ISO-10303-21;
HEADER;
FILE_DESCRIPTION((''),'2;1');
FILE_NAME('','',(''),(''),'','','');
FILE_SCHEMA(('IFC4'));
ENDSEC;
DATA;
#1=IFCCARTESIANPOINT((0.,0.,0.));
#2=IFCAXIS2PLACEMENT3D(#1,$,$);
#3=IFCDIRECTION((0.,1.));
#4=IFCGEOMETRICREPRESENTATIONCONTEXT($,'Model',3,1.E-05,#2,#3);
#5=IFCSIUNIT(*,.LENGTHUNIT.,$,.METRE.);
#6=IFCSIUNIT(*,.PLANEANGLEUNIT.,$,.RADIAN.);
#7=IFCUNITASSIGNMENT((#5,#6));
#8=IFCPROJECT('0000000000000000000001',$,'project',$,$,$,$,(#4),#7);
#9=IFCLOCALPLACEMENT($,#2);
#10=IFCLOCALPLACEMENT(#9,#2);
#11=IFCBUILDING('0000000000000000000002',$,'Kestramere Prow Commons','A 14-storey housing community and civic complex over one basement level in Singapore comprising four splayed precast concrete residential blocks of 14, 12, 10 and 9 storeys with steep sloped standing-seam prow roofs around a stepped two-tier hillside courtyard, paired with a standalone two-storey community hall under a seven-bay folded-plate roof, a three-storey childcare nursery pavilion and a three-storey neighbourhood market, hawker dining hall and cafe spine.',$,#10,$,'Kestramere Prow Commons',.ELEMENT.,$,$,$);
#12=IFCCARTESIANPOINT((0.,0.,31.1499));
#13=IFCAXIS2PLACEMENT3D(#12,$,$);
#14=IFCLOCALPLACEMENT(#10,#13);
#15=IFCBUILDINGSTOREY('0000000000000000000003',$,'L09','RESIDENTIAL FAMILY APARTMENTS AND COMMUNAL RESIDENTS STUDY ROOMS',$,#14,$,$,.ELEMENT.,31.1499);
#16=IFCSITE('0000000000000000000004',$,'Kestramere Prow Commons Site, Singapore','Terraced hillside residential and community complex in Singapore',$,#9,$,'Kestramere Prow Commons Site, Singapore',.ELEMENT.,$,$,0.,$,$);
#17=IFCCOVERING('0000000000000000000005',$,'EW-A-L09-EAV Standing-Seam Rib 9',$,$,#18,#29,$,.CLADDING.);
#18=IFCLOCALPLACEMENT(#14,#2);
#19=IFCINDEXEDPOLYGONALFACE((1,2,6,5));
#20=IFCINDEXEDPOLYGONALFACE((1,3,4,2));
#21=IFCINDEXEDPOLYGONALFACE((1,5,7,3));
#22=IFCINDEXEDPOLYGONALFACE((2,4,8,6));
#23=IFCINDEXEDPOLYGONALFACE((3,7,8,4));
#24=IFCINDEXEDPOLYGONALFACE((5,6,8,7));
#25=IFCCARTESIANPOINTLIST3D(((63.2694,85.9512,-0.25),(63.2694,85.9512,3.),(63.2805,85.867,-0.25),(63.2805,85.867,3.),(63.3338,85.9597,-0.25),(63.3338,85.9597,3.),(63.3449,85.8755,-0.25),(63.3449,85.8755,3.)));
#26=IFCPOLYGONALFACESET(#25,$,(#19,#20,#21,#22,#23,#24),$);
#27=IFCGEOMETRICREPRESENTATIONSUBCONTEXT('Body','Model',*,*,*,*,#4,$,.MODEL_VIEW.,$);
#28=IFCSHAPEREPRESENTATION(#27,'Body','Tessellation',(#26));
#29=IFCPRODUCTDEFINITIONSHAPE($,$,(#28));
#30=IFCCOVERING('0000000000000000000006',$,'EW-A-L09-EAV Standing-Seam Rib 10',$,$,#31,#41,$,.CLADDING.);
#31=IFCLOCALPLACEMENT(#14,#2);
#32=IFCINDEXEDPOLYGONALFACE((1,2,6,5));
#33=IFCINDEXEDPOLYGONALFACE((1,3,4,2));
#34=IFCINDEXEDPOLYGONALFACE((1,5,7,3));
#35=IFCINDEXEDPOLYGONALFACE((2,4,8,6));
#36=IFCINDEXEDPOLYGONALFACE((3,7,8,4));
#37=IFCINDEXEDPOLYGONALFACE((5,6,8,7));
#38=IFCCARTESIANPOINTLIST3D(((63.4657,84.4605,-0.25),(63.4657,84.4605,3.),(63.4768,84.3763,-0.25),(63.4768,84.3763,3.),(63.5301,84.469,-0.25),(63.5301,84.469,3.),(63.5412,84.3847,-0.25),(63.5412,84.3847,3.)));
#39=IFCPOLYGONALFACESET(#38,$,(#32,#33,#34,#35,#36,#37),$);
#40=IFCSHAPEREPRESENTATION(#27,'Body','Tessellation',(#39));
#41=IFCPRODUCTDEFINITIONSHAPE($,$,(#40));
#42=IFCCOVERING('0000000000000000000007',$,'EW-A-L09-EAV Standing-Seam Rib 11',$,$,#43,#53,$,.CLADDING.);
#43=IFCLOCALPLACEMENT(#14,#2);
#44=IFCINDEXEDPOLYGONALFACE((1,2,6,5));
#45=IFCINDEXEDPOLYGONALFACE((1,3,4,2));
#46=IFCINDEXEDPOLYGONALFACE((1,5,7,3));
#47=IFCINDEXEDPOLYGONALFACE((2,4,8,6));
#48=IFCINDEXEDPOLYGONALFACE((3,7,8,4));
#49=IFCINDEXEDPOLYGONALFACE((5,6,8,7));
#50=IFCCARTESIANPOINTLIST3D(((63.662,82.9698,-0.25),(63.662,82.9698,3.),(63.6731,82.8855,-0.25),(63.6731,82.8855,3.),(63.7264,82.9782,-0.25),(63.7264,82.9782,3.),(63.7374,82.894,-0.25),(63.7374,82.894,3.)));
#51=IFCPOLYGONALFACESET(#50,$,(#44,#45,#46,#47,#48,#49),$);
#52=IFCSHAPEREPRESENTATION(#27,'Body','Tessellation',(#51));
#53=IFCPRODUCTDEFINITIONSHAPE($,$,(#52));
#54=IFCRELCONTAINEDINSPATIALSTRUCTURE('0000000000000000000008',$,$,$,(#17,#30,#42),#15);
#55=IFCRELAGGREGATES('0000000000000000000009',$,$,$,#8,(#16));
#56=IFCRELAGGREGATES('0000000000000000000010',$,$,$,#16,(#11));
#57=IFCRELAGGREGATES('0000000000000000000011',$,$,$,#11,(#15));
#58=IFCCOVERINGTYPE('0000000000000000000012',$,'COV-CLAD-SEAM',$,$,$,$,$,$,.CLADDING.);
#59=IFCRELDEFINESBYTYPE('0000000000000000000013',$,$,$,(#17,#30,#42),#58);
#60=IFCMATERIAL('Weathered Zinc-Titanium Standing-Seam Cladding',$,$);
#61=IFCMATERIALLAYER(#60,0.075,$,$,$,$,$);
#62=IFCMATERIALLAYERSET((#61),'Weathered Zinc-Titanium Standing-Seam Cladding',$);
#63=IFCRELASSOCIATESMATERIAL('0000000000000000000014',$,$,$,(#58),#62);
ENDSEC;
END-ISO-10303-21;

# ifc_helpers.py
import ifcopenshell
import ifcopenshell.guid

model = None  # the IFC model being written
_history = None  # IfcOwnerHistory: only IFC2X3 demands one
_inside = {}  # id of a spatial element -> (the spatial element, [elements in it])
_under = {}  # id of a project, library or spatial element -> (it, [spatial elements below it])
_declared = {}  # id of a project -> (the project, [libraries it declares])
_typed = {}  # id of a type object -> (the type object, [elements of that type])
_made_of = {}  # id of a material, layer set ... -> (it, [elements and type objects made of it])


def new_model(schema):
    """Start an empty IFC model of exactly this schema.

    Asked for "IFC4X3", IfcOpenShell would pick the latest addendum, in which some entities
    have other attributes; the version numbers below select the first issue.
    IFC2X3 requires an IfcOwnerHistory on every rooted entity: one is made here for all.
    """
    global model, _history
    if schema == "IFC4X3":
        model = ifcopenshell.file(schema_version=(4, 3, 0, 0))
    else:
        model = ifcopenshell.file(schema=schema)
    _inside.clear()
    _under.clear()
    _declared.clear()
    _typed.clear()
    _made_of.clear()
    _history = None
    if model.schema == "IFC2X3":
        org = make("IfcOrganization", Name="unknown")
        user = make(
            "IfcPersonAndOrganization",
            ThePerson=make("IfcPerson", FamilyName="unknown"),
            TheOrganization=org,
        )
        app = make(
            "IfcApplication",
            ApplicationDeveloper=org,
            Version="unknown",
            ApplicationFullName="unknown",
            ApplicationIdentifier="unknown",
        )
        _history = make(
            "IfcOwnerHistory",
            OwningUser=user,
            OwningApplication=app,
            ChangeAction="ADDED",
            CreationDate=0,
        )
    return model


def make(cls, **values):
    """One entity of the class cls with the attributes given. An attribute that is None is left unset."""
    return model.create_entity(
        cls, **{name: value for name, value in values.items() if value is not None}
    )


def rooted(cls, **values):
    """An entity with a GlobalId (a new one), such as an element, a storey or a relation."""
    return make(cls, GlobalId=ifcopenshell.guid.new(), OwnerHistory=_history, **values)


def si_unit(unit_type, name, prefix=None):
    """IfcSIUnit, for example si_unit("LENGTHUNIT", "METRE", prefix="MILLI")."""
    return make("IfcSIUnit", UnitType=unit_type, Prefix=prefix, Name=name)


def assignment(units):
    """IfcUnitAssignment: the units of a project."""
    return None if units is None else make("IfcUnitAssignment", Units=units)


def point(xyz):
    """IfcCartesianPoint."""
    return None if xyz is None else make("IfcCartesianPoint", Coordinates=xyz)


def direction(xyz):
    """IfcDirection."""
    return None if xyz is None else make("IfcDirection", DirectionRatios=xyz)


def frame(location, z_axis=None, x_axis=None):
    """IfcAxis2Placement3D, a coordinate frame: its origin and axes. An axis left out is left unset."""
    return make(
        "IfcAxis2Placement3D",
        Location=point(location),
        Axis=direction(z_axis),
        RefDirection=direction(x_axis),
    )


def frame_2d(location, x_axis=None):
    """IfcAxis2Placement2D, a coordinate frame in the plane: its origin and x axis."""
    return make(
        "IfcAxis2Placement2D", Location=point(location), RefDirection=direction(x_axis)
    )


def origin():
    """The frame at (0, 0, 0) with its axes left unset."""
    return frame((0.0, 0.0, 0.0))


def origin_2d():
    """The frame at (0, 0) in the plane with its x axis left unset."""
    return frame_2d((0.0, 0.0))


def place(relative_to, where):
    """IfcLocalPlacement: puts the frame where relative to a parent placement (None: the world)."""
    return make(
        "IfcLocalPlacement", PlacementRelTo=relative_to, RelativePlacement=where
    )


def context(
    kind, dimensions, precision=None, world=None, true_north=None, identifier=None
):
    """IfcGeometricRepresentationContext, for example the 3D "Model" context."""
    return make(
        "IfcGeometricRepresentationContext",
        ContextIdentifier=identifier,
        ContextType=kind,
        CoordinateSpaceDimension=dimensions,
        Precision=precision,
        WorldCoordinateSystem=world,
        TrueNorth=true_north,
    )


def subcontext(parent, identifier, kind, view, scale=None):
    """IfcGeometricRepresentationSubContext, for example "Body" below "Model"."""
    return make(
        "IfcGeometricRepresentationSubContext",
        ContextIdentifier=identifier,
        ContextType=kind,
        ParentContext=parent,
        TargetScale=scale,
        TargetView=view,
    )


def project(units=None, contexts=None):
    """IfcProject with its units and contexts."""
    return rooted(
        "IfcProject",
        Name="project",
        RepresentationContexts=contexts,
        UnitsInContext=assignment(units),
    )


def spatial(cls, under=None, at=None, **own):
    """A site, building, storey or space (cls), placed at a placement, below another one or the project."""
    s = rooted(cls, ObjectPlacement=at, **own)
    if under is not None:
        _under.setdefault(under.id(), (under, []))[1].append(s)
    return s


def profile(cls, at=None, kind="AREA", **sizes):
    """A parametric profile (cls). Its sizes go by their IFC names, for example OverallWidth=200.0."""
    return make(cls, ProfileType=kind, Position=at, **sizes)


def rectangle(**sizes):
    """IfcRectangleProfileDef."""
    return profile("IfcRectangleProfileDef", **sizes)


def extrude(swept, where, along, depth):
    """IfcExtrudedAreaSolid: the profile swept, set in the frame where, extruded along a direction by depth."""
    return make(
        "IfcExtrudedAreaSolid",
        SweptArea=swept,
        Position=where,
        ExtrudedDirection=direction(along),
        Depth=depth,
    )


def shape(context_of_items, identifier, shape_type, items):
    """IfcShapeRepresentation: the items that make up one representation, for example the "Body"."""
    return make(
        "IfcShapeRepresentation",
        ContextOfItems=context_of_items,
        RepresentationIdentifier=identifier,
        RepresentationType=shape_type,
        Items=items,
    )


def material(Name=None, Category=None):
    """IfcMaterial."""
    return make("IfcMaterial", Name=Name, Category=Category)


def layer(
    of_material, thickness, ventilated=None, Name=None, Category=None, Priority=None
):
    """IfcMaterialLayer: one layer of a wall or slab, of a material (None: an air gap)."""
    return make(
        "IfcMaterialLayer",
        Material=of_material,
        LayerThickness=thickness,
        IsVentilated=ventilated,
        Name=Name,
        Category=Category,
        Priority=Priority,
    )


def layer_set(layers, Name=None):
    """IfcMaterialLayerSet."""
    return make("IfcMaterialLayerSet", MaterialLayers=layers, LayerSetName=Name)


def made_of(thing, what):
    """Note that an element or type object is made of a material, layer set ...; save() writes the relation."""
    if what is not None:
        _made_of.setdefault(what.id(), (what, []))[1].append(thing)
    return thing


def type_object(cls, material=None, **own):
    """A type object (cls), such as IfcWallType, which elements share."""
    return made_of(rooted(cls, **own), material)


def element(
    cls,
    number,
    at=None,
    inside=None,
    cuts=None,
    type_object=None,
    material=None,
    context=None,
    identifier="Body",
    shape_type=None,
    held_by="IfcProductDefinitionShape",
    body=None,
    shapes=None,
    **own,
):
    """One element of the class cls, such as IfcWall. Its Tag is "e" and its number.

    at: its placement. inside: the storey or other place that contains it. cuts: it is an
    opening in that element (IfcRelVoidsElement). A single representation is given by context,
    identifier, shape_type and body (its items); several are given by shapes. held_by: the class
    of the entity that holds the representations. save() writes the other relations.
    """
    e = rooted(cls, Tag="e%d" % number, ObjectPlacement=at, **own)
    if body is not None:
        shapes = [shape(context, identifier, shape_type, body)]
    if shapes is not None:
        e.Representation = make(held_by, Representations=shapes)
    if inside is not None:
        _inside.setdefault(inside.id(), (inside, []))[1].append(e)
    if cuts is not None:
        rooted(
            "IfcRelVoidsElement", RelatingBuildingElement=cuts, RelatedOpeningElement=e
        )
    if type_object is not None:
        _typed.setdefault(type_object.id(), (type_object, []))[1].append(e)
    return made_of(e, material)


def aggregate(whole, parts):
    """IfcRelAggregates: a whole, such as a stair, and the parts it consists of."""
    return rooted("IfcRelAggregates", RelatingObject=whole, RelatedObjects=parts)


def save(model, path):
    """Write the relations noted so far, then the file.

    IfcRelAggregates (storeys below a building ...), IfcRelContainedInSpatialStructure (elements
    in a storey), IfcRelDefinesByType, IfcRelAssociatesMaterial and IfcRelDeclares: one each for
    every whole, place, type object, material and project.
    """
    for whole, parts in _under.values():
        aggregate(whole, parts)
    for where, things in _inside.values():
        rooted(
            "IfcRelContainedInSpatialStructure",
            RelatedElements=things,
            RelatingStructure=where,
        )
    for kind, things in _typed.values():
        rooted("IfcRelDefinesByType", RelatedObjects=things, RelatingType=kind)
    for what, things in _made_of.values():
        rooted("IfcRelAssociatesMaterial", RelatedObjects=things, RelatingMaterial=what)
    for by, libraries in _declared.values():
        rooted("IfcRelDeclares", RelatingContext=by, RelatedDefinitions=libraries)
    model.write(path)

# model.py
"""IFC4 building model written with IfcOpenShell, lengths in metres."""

from ifc_helpers import new_model, si_unit, direction, frame, origin, origin_2d, place, context, subcontext, project, spatial, rectangle, extrude, material, layer, layer_set, type_object, element, save


model = new_model("IFC4")

# Units and contexts
model_context = context("Model", 3, precision=1e-05, world=origin(), true_north=direction((0.0, 1.0)))
body_context = subcontext(model_context, "Body", "Model", "MODEL_VIEW")
ifc_project = project(units=[si_unit("LENGTHUNIT", "METRE"), si_unit("PLANEANGLEUNIT", "RADIAN")], contexts=[model_context])

# Site, building, storey
site_placement = place(None, origin())
site = spatial("IfcSite", under=ifc_project, at=site_placement, Name="Kestramere Prow Commons Site, Singapore", Description="Terraced hillside residential and community complex in Singapore", LongName="Kestramere Prow Commons Site, Singapore", CompositionType="ELEMENT", RefElevation=0.0)
building_placement = place(site_placement, origin())
building = spatial("IfcBuilding", under=site, at=building_placement, Name="Kestramere Prow Commons", Description="A 14-storey housing community and civic complex over one basement level in Singapore comprising four splayed precast concrete residential blocks of 14, 12, 10 and 9 storeys with steep sloped standing-seam prow roofs around a stepped two-tier hillside courtyard, paired with a standalone two-storey community hall under a seven-bay folded-plate roof, a three-storey childcare nursery pavilion and a three-storey neighbourhood market, hawker dining hall and cafe spine.", LongName="Kestramere Prow Commons", CompositionType="ELEMENT")
storey_placement = place(building_placement, frame((0.0, 0.0, 31.1499)))
storey = spatial("IfcBuildingStorey", under=building, at=storey_placement, Name="L09", Description="RESIDENTIAL FAMILY APARTMENTS AND COMMUNAL RESIDENTS STUDY ROOMS", CompositionType="ELEMENT", Elevation=31.1499)

# Coverings
ifc_material_1 = material(Name="Weathered Zinc-Titanium Standing-Seam Cladding")
ifc_layer_1 = layer(ifc_material_1, 0.075)
ifc_layer_set_1 = layer_set([ifc_layer_1], Name="Weathered Zinc-Titanium Standing-Seam Cladding")
covering_type = type_object("IfcCoveringType", Name="COV-CLAD-SEAM", PredefinedType="CLADDING", material=ifc_layer_set_1)
for number, where, z_axis, x_axis, name in (
    (1, (63.3071, 85.9133, -0.25), (0.0, 0.0, 1.0), (0.130526, -0.991445, 0.0), "EW-A-L09-EAV Standing-Seam Rib 9"),
    (2, (63.5034, 84.4226, -0.25), (0.0, 0.0, 1.0), (0.130526, -0.991445, 0.0), "EW-A-L09-EAV Standing-Seam Rib 10"),
    (3, (63.6997, 82.9319, -0.25), (0.0, 0.0, 1.0), (0.130526, -0.991445, 0.0), "EW-A-L09-EAV Standing-Seam Rib 11"),
):
    element("IfcCovering", number, at=place(storey_placement, frame(where, z_axis=z_axis, x_axis=x_axis)), inside=storey, type_object=covering_type, Name=name, PredefinedType="CLADDING", context=body_context, shape_type="SweptSolid", body=[
        extrude(rectangle(XDim=0.085, YDim=0.0649, at=origin_2d()), origin(), (0.0, 0.0, 1.0), 3.25),
    ])

save(model, "model.ifc")
